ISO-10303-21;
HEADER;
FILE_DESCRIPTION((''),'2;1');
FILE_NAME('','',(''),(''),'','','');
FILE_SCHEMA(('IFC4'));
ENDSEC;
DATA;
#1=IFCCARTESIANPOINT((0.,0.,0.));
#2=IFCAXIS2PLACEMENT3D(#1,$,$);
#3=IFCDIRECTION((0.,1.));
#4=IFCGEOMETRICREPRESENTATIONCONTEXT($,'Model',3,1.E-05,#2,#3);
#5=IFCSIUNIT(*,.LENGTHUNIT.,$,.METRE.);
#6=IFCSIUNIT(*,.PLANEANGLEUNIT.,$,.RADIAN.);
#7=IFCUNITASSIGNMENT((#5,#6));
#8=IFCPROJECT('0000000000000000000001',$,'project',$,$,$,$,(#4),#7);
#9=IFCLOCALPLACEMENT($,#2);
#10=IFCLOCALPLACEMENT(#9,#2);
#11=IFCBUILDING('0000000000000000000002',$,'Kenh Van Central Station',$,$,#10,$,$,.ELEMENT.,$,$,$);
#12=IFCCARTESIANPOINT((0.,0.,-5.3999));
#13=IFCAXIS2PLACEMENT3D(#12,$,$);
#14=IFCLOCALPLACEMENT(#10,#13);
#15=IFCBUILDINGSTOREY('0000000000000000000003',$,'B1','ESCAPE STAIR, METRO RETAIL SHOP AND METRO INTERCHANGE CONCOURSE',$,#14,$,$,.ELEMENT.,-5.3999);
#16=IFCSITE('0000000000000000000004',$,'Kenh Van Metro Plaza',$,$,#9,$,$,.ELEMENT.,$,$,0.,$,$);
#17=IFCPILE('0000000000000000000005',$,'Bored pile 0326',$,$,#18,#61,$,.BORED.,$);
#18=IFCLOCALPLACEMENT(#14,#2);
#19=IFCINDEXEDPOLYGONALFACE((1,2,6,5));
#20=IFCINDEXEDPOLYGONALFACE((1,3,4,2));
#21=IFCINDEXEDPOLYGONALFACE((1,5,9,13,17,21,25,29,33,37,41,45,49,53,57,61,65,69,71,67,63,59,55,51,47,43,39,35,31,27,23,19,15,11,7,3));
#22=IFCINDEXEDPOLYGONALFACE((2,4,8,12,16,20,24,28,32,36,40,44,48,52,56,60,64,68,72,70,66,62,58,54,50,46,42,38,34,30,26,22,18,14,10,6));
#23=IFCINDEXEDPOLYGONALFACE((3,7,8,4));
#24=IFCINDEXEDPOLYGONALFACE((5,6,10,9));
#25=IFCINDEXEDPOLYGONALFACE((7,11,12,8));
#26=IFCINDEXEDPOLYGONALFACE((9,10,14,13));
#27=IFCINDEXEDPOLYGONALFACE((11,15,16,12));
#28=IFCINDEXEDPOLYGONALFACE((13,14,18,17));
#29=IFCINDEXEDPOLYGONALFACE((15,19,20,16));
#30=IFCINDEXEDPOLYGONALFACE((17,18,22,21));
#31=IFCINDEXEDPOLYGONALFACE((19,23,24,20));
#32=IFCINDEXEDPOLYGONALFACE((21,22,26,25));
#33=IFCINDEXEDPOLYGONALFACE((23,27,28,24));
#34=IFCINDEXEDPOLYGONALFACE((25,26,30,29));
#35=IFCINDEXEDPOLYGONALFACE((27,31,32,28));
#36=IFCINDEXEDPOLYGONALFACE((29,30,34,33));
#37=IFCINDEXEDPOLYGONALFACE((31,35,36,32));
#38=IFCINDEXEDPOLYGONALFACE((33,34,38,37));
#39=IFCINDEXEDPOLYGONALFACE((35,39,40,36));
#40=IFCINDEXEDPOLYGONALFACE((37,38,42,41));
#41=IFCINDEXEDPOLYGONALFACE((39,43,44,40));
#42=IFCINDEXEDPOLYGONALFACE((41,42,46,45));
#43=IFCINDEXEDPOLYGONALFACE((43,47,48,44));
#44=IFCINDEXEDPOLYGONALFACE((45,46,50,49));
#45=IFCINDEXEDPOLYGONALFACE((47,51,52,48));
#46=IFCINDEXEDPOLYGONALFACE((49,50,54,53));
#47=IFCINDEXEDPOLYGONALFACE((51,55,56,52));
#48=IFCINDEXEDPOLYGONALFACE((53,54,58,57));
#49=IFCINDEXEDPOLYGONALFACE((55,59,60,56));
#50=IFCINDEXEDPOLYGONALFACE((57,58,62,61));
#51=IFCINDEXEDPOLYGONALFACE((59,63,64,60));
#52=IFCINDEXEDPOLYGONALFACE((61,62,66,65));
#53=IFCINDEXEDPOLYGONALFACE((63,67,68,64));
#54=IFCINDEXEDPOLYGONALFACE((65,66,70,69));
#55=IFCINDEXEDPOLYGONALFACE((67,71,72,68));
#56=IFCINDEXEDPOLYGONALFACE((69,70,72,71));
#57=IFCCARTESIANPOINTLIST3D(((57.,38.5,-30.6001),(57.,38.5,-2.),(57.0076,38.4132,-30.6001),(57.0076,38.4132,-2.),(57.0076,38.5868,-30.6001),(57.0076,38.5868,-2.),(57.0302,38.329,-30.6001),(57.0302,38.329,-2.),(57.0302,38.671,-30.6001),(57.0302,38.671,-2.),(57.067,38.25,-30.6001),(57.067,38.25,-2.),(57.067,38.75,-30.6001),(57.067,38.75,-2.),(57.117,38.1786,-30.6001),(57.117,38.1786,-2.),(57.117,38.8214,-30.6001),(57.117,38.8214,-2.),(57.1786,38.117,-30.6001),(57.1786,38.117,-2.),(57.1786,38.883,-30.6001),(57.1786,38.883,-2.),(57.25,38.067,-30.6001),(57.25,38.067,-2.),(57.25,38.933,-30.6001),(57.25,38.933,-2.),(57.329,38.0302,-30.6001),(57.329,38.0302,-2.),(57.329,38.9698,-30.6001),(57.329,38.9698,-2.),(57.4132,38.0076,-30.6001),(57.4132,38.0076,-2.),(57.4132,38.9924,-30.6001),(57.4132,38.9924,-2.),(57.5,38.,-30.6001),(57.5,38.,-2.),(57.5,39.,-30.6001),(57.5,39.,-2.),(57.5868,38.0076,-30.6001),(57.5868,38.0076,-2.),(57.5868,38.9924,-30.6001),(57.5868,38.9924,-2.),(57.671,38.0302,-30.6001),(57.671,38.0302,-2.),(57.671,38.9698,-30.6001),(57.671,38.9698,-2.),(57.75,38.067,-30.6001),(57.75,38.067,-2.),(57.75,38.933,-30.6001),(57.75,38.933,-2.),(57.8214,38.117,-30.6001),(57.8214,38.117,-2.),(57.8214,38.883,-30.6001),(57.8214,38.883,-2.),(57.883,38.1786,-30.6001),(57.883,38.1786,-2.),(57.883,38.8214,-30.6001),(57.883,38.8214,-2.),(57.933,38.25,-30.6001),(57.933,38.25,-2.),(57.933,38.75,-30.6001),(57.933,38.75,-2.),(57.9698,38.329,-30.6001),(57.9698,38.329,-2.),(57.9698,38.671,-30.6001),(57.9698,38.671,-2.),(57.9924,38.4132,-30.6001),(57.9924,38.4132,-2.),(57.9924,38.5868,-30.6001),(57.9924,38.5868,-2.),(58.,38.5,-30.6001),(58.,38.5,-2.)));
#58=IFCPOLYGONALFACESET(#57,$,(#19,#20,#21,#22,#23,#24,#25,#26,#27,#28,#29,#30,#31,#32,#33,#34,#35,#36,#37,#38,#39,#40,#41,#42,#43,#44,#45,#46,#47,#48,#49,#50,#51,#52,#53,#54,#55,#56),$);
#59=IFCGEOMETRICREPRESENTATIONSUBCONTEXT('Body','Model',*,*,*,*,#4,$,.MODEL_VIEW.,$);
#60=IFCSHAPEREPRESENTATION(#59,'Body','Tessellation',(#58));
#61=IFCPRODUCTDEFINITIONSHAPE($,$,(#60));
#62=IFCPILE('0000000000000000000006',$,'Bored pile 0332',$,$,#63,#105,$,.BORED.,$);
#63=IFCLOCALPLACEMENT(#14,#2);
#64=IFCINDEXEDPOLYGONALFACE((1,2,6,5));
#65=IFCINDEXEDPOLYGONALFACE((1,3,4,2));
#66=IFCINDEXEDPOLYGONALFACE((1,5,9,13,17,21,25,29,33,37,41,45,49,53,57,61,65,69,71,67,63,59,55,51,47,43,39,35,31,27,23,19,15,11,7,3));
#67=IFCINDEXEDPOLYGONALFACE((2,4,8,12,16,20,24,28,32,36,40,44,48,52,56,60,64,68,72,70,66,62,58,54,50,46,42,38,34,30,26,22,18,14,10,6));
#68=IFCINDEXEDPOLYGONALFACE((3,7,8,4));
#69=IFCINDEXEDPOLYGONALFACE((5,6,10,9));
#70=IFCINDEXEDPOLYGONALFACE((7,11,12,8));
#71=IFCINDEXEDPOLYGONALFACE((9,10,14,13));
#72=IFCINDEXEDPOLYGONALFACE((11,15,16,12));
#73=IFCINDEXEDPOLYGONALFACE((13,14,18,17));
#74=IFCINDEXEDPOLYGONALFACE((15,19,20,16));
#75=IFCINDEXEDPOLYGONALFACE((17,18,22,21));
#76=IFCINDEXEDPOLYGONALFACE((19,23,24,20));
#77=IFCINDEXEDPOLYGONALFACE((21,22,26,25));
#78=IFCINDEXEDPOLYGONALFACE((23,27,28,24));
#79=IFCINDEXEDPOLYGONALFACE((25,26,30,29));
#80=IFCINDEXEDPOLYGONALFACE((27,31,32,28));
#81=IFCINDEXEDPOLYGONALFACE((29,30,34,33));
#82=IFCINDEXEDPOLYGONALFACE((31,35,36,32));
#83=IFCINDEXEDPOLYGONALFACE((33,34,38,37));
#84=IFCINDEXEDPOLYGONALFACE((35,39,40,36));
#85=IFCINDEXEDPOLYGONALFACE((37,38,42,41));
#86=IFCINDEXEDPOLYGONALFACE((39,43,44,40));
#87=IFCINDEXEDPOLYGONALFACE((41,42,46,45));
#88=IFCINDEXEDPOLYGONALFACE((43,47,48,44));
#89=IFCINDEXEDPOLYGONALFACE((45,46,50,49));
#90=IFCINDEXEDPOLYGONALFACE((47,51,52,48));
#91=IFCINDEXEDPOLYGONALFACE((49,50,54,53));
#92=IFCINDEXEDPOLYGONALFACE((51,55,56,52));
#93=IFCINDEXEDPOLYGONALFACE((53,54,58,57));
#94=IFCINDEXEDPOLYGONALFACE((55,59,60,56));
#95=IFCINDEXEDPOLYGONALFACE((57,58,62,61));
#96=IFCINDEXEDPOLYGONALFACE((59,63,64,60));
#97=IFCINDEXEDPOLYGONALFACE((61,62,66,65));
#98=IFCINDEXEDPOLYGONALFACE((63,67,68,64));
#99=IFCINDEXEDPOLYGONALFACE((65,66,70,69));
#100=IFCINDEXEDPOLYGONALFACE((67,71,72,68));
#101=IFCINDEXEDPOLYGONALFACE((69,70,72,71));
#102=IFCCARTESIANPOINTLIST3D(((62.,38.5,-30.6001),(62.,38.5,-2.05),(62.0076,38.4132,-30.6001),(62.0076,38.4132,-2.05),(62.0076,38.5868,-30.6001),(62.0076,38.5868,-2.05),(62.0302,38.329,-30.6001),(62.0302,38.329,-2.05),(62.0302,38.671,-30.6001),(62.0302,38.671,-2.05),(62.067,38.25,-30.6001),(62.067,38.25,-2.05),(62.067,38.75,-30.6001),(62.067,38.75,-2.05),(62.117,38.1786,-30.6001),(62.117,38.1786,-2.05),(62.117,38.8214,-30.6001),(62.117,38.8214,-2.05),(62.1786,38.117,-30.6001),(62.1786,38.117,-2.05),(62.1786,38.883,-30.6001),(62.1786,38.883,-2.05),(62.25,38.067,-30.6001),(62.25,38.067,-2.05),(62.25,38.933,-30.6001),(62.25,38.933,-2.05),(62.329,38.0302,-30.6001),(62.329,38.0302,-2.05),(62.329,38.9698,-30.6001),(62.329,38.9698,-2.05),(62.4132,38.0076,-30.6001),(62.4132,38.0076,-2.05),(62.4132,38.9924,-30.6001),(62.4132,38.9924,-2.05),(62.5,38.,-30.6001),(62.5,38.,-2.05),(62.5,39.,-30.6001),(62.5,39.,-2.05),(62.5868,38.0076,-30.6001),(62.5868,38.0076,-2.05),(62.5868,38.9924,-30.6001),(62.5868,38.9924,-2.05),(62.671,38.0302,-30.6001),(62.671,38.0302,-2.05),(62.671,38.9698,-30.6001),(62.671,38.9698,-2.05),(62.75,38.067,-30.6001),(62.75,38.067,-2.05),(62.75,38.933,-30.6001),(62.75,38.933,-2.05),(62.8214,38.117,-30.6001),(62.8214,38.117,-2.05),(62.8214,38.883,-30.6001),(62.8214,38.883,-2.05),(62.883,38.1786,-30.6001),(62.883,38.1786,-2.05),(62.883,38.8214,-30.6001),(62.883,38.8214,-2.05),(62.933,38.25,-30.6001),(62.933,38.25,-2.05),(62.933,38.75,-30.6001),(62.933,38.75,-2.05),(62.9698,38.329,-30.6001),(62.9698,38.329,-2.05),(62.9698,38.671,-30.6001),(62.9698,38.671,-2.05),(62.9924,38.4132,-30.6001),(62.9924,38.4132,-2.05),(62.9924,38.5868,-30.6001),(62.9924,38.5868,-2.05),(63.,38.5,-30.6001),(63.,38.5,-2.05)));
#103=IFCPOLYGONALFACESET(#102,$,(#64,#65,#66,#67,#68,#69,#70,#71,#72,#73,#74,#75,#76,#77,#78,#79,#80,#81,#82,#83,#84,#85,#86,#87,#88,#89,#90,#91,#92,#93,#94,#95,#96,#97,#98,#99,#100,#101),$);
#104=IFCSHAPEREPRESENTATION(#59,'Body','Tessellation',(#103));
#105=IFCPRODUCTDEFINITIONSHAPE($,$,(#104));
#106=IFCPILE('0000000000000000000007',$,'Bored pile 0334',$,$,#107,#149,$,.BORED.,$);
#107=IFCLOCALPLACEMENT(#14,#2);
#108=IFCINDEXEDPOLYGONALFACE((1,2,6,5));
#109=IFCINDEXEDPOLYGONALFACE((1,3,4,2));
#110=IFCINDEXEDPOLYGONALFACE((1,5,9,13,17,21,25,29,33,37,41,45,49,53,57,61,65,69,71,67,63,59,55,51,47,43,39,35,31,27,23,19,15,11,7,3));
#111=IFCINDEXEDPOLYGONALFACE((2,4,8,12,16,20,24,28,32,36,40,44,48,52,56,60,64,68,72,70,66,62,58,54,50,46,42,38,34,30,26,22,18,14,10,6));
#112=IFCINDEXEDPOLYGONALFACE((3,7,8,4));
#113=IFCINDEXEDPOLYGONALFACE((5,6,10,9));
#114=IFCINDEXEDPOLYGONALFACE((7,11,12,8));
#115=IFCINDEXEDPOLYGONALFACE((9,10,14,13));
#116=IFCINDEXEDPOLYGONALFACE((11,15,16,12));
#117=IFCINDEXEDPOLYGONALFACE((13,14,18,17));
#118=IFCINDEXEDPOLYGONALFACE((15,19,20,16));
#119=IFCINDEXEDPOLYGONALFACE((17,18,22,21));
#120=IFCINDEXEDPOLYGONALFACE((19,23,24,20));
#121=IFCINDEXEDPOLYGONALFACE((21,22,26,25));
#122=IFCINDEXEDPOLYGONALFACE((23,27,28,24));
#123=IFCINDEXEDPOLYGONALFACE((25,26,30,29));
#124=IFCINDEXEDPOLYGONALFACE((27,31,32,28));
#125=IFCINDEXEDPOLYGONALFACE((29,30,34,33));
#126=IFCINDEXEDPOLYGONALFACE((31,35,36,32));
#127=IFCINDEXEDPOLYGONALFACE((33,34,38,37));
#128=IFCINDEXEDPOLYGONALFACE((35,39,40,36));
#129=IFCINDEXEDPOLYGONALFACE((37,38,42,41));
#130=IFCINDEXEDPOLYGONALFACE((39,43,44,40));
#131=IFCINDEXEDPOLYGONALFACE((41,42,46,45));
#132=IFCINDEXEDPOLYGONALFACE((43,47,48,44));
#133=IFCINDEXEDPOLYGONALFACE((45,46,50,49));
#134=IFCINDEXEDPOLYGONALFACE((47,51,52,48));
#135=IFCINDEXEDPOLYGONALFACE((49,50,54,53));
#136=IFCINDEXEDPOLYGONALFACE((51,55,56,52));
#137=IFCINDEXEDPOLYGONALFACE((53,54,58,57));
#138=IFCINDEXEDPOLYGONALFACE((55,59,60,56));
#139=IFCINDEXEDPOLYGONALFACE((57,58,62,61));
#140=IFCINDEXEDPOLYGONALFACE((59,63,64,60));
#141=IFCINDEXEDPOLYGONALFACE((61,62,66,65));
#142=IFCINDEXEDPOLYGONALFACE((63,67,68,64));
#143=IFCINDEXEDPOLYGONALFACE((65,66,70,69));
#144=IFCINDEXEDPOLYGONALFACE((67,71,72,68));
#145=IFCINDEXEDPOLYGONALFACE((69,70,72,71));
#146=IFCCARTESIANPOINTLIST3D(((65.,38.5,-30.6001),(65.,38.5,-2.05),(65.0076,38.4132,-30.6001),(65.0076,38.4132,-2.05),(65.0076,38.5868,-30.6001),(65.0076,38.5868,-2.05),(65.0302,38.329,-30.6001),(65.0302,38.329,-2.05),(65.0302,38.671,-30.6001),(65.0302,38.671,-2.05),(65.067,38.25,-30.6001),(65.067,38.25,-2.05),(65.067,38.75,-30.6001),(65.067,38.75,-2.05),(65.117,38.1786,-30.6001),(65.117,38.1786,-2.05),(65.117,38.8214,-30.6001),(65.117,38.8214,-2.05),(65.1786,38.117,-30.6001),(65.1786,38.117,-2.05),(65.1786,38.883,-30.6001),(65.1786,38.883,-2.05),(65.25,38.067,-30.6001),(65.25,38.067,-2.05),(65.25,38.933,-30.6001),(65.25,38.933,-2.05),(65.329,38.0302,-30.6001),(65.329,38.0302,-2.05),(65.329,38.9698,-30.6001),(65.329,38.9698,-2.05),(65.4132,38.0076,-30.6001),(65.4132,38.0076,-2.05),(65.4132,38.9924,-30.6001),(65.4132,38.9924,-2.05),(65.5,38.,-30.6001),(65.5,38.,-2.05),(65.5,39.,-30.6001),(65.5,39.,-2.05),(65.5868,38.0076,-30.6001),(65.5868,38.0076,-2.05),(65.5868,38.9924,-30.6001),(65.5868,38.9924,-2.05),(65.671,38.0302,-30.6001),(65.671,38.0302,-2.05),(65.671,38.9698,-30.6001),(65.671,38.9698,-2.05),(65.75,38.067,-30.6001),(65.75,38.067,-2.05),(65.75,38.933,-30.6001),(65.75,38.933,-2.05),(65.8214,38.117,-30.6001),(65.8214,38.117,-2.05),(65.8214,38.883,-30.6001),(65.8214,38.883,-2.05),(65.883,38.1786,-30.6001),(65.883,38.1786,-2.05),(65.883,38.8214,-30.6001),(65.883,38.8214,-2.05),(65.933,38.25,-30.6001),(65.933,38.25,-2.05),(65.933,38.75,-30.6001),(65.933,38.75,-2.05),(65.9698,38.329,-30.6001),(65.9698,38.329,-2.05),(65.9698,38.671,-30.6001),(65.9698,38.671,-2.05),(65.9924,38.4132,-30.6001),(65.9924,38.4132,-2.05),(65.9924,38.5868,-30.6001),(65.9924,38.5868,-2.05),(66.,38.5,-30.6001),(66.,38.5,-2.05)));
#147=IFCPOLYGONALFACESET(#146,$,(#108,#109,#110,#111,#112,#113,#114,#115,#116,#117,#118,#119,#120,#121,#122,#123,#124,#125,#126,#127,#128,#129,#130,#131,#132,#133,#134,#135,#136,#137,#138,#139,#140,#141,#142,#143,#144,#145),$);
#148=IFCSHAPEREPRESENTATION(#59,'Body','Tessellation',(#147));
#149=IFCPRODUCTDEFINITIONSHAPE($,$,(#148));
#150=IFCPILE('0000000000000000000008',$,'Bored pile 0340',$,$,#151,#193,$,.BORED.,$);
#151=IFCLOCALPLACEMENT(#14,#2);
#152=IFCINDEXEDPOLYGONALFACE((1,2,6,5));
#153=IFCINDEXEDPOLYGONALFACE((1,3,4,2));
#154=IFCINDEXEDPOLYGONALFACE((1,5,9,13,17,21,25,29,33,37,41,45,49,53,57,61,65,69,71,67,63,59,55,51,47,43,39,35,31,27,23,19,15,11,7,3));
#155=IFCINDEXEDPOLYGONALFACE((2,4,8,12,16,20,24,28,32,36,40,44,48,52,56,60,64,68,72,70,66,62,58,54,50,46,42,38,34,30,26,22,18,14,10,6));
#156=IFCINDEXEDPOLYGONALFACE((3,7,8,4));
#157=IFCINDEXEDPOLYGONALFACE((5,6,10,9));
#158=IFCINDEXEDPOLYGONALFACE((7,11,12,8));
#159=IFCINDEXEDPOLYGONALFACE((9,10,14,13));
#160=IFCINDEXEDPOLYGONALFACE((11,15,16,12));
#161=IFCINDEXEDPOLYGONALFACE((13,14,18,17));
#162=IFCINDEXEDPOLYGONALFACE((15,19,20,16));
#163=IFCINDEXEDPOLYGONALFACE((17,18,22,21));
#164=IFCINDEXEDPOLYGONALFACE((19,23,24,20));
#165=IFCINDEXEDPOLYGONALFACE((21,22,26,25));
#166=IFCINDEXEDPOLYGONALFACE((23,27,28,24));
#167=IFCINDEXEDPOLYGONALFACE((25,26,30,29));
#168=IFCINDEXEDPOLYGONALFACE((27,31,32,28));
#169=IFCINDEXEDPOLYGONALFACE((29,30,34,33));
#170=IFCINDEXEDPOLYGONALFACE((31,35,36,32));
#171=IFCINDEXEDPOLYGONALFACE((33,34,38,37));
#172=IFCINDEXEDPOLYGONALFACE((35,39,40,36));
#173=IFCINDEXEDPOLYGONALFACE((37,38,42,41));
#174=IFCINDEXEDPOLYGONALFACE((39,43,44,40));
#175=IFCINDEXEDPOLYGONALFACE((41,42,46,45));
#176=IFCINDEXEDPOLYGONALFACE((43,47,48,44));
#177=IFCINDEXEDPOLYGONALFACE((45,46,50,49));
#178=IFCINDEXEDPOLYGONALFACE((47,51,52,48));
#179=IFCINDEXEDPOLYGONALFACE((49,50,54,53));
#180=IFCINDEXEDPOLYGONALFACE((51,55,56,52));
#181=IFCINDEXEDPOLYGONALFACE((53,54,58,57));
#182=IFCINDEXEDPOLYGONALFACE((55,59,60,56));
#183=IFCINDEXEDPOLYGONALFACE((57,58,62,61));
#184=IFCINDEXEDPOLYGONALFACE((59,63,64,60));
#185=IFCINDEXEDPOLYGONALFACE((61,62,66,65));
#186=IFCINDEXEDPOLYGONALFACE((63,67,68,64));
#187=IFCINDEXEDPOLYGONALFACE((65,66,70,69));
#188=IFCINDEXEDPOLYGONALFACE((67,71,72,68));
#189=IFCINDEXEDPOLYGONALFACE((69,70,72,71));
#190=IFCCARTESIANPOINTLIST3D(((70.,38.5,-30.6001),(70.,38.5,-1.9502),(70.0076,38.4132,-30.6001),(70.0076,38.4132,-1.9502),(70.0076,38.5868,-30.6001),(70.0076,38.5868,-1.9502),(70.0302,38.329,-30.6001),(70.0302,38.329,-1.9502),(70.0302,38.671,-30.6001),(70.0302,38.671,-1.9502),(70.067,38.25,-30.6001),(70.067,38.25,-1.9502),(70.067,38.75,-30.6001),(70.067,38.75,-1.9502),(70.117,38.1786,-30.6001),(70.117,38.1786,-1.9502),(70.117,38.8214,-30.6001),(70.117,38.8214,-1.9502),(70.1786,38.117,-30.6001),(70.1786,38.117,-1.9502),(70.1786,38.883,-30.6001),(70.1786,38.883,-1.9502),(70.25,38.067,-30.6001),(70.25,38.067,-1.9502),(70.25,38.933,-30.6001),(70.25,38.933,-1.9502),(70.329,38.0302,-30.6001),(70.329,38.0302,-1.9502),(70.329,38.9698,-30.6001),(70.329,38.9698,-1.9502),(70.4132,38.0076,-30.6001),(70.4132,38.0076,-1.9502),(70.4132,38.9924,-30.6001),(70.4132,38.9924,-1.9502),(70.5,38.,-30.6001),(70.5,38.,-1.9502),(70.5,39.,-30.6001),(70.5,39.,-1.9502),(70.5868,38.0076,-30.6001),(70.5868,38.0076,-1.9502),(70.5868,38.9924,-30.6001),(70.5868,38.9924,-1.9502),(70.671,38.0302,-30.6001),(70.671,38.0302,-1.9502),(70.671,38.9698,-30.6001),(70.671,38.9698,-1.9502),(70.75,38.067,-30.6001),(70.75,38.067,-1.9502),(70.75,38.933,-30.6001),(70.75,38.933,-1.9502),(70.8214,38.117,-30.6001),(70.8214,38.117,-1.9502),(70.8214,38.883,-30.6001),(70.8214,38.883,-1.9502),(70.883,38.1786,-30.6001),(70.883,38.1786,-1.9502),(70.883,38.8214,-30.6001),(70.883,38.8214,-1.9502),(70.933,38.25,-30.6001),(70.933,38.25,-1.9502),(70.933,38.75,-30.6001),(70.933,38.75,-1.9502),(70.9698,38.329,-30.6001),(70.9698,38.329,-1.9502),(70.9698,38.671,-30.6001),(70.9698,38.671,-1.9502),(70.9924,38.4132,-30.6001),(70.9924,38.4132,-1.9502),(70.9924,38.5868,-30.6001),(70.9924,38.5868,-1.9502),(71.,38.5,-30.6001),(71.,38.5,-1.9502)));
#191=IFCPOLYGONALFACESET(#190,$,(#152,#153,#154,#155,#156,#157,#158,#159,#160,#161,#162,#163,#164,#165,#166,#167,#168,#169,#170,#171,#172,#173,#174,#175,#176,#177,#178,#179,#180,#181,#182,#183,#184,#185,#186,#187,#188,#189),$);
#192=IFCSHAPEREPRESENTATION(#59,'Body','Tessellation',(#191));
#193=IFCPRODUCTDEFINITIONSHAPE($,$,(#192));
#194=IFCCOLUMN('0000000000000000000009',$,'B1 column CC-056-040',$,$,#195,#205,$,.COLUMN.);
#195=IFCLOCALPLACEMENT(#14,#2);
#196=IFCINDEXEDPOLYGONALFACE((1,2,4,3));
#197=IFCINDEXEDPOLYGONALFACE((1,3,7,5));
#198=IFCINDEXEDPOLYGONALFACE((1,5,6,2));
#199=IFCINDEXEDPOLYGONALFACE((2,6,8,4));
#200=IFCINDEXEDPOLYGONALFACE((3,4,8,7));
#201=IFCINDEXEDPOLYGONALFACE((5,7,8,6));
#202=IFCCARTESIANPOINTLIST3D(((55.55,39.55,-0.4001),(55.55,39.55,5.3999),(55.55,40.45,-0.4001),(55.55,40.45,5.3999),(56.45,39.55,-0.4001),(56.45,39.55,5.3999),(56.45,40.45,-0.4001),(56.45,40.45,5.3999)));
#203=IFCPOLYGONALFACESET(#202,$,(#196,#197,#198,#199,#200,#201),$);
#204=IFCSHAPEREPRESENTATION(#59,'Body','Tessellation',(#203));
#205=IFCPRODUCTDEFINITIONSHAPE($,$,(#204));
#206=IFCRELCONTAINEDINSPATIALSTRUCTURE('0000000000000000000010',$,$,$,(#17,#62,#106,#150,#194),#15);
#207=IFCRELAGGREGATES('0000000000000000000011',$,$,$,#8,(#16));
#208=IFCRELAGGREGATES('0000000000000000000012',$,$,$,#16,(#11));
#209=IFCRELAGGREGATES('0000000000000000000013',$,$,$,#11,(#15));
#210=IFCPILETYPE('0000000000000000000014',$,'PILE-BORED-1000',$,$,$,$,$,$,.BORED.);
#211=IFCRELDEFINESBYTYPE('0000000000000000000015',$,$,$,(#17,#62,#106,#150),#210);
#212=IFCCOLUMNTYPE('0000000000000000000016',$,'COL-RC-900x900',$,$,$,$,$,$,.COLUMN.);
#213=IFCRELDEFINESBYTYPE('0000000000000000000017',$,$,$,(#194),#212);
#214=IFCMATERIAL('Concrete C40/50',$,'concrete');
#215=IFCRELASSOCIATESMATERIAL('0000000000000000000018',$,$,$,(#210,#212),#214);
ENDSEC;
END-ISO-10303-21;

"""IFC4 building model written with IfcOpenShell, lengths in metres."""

from ifc_helpers import new_model, si_unit, direction, frame, origin, origin_2d, place, context, subcontext, project, spatial, rectangle, circle, extrude, material, material_profile, profile_set, type_object, element, save


model = new_model("IFC4")

# Units and contexts
model_context = context("Model", 3, precision=1e-05, world=origin(), true_north=direction((0.0, 1.0)))
body_context = subcontext(model_context, "Body", "Model", "MODEL_VIEW")
ifc_project = project(units=[si_unit("LENGTHUNIT", "METRE"), si_unit("PLANEANGLEUNIT", "RADIAN")], contexts=[model_context])

# Site, building, storey
site_placement = place(None, origin())
site = spatial("IfcSite", under=ifc_project, at=site_placement, Name="Kenh Van Metro Plaza", CompositionType="ELEMENT", RefElevation=0.0)
building_placement = place(site_placement, origin())
building = spatial("IfcBuilding", under=site, at=building_placement, Name="Kenh Van Central Station", CompositionType="ELEMENT")
storey_placement = place(building_placement, frame((0.0, 0.0, -5.3999)))
storey = spatial("IfcBuildingStorey", under=building, at=storey_placement, Name="B1", Description="ESCAPE STAIR, METRO RETAIL SHOP AND METRO INTERCHANGE CONCOURSE", CompositionType="ELEMENT", Elevation=-5.3999)

# Shared definitions
ifc_material_1 = material(Name="Concrete C40/50", Category="concrete")

# Piles
ifc_material_profile_1 = material_profile(ifc_material_1, circle(Radius=0.5, at=origin_2d()), Name="PILE D1000")
ifc_profile_set_1 = profile_set([ifc_material_profile_1], Name="Concrete C40/50")
pile_type = type_object("IfcPileType", Name="PILE-BORED-1000", PredefinedType="BORED", material=ifc_profile_set_1)
pile_1_placement = place(storey_placement, frame((57.5, 38.5, -2.0), z_axis=(0.0, 0.0, -1.0), x_axis=(1.0, 0.0, 0.0)))
element("IfcPile", 1, at=pile_1_placement, inside=storey, type_object=pile_type, Name="Bored pile 0326", PredefinedType="BORED", context=body_context, shape_type="SweptSolid", body=[
    extrude(circle(Radius=0.5, at=origin_2d()), origin(), (0.0, 0.0, 1.0), 28.6001),
])
for number, where, z_axis, x_axis, name in (
    (2, (62.5, 38.5, -2.05), (0.0, 0.0, -1.0), (1.0, 0.0, 0.0), "Bored pile 0332"),
    (3, (65.5, 38.5, -2.05), (0.0, 0.0, -1.0), (1.0, 0.0, 0.0), "Bored pile 0334"),
):
    element("IfcPile", number, at=place(storey_placement, frame(where, z_axis=z_axis, x_axis=x_axis)), inside=storey, type_object=pile_type, Name=name, PredefinedType="BORED", context=body_context, shape_type="SweptSolid", body=[
        extrude(circle(Radius=0.5, at=origin_2d()), origin(), (0.0, 0.0, 1.0), 28.55),
    ])
pile_2_placement = place(storey_placement, frame((70.5, 38.5, -1.9502), z_axis=(0.0, 0.0, -1.0), x_axis=(1.0, 0.0, 0.0)))
element("IfcPile", 4, at=pile_2_placement, inside=storey, type_object=pile_type, Name="Bored pile 0340", PredefinedType="BORED", context=body_context, shape_type="SweptSolid", body=[
    extrude(circle(Radius=0.5, at=origin_2d()), origin(), (0.0, 0.0, 1.0), 28.6499),
])

# Column
ifc_material_profile_2 = material_profile(ifc_material_1, rectangle(XDim=0.8999, YDim=0.8999, at=origin_2d()), Name="RC 900x900")
ifc_profile_set_2 = profile_set([ifc_material_profile_2], Name="Concrete C40/50")
column_type = type_object("IfcColumnType", Name="COL-RC-900x900", PredefinedType="COLUMN", material=ifc_profile_set_2)
for number, where, z_axis, x_axis, name in (
    (5, (56.0, 40.0, -0.4001), (0.0, 0.0, 1.0), (1.0, 0.0, 0.0), "B1 column CC-056-040"),
):
    element("IfcColumn", number, at=place(storey_placement, frame(where, z_axis=z_axis, x_axis=x_axis)), inside=storey, type_object=column_type, Name=name, PredefinedType="COLUMN", context=body_context, shape_type="SweptSolid", body=[
        extrude(rectangle(XDim=0.8999, YDim=0.8999, at=origin_2d()), origin(), (0.0, 0.0, 1.0), 5.8),
    ])

save(model, "model.ifc")
